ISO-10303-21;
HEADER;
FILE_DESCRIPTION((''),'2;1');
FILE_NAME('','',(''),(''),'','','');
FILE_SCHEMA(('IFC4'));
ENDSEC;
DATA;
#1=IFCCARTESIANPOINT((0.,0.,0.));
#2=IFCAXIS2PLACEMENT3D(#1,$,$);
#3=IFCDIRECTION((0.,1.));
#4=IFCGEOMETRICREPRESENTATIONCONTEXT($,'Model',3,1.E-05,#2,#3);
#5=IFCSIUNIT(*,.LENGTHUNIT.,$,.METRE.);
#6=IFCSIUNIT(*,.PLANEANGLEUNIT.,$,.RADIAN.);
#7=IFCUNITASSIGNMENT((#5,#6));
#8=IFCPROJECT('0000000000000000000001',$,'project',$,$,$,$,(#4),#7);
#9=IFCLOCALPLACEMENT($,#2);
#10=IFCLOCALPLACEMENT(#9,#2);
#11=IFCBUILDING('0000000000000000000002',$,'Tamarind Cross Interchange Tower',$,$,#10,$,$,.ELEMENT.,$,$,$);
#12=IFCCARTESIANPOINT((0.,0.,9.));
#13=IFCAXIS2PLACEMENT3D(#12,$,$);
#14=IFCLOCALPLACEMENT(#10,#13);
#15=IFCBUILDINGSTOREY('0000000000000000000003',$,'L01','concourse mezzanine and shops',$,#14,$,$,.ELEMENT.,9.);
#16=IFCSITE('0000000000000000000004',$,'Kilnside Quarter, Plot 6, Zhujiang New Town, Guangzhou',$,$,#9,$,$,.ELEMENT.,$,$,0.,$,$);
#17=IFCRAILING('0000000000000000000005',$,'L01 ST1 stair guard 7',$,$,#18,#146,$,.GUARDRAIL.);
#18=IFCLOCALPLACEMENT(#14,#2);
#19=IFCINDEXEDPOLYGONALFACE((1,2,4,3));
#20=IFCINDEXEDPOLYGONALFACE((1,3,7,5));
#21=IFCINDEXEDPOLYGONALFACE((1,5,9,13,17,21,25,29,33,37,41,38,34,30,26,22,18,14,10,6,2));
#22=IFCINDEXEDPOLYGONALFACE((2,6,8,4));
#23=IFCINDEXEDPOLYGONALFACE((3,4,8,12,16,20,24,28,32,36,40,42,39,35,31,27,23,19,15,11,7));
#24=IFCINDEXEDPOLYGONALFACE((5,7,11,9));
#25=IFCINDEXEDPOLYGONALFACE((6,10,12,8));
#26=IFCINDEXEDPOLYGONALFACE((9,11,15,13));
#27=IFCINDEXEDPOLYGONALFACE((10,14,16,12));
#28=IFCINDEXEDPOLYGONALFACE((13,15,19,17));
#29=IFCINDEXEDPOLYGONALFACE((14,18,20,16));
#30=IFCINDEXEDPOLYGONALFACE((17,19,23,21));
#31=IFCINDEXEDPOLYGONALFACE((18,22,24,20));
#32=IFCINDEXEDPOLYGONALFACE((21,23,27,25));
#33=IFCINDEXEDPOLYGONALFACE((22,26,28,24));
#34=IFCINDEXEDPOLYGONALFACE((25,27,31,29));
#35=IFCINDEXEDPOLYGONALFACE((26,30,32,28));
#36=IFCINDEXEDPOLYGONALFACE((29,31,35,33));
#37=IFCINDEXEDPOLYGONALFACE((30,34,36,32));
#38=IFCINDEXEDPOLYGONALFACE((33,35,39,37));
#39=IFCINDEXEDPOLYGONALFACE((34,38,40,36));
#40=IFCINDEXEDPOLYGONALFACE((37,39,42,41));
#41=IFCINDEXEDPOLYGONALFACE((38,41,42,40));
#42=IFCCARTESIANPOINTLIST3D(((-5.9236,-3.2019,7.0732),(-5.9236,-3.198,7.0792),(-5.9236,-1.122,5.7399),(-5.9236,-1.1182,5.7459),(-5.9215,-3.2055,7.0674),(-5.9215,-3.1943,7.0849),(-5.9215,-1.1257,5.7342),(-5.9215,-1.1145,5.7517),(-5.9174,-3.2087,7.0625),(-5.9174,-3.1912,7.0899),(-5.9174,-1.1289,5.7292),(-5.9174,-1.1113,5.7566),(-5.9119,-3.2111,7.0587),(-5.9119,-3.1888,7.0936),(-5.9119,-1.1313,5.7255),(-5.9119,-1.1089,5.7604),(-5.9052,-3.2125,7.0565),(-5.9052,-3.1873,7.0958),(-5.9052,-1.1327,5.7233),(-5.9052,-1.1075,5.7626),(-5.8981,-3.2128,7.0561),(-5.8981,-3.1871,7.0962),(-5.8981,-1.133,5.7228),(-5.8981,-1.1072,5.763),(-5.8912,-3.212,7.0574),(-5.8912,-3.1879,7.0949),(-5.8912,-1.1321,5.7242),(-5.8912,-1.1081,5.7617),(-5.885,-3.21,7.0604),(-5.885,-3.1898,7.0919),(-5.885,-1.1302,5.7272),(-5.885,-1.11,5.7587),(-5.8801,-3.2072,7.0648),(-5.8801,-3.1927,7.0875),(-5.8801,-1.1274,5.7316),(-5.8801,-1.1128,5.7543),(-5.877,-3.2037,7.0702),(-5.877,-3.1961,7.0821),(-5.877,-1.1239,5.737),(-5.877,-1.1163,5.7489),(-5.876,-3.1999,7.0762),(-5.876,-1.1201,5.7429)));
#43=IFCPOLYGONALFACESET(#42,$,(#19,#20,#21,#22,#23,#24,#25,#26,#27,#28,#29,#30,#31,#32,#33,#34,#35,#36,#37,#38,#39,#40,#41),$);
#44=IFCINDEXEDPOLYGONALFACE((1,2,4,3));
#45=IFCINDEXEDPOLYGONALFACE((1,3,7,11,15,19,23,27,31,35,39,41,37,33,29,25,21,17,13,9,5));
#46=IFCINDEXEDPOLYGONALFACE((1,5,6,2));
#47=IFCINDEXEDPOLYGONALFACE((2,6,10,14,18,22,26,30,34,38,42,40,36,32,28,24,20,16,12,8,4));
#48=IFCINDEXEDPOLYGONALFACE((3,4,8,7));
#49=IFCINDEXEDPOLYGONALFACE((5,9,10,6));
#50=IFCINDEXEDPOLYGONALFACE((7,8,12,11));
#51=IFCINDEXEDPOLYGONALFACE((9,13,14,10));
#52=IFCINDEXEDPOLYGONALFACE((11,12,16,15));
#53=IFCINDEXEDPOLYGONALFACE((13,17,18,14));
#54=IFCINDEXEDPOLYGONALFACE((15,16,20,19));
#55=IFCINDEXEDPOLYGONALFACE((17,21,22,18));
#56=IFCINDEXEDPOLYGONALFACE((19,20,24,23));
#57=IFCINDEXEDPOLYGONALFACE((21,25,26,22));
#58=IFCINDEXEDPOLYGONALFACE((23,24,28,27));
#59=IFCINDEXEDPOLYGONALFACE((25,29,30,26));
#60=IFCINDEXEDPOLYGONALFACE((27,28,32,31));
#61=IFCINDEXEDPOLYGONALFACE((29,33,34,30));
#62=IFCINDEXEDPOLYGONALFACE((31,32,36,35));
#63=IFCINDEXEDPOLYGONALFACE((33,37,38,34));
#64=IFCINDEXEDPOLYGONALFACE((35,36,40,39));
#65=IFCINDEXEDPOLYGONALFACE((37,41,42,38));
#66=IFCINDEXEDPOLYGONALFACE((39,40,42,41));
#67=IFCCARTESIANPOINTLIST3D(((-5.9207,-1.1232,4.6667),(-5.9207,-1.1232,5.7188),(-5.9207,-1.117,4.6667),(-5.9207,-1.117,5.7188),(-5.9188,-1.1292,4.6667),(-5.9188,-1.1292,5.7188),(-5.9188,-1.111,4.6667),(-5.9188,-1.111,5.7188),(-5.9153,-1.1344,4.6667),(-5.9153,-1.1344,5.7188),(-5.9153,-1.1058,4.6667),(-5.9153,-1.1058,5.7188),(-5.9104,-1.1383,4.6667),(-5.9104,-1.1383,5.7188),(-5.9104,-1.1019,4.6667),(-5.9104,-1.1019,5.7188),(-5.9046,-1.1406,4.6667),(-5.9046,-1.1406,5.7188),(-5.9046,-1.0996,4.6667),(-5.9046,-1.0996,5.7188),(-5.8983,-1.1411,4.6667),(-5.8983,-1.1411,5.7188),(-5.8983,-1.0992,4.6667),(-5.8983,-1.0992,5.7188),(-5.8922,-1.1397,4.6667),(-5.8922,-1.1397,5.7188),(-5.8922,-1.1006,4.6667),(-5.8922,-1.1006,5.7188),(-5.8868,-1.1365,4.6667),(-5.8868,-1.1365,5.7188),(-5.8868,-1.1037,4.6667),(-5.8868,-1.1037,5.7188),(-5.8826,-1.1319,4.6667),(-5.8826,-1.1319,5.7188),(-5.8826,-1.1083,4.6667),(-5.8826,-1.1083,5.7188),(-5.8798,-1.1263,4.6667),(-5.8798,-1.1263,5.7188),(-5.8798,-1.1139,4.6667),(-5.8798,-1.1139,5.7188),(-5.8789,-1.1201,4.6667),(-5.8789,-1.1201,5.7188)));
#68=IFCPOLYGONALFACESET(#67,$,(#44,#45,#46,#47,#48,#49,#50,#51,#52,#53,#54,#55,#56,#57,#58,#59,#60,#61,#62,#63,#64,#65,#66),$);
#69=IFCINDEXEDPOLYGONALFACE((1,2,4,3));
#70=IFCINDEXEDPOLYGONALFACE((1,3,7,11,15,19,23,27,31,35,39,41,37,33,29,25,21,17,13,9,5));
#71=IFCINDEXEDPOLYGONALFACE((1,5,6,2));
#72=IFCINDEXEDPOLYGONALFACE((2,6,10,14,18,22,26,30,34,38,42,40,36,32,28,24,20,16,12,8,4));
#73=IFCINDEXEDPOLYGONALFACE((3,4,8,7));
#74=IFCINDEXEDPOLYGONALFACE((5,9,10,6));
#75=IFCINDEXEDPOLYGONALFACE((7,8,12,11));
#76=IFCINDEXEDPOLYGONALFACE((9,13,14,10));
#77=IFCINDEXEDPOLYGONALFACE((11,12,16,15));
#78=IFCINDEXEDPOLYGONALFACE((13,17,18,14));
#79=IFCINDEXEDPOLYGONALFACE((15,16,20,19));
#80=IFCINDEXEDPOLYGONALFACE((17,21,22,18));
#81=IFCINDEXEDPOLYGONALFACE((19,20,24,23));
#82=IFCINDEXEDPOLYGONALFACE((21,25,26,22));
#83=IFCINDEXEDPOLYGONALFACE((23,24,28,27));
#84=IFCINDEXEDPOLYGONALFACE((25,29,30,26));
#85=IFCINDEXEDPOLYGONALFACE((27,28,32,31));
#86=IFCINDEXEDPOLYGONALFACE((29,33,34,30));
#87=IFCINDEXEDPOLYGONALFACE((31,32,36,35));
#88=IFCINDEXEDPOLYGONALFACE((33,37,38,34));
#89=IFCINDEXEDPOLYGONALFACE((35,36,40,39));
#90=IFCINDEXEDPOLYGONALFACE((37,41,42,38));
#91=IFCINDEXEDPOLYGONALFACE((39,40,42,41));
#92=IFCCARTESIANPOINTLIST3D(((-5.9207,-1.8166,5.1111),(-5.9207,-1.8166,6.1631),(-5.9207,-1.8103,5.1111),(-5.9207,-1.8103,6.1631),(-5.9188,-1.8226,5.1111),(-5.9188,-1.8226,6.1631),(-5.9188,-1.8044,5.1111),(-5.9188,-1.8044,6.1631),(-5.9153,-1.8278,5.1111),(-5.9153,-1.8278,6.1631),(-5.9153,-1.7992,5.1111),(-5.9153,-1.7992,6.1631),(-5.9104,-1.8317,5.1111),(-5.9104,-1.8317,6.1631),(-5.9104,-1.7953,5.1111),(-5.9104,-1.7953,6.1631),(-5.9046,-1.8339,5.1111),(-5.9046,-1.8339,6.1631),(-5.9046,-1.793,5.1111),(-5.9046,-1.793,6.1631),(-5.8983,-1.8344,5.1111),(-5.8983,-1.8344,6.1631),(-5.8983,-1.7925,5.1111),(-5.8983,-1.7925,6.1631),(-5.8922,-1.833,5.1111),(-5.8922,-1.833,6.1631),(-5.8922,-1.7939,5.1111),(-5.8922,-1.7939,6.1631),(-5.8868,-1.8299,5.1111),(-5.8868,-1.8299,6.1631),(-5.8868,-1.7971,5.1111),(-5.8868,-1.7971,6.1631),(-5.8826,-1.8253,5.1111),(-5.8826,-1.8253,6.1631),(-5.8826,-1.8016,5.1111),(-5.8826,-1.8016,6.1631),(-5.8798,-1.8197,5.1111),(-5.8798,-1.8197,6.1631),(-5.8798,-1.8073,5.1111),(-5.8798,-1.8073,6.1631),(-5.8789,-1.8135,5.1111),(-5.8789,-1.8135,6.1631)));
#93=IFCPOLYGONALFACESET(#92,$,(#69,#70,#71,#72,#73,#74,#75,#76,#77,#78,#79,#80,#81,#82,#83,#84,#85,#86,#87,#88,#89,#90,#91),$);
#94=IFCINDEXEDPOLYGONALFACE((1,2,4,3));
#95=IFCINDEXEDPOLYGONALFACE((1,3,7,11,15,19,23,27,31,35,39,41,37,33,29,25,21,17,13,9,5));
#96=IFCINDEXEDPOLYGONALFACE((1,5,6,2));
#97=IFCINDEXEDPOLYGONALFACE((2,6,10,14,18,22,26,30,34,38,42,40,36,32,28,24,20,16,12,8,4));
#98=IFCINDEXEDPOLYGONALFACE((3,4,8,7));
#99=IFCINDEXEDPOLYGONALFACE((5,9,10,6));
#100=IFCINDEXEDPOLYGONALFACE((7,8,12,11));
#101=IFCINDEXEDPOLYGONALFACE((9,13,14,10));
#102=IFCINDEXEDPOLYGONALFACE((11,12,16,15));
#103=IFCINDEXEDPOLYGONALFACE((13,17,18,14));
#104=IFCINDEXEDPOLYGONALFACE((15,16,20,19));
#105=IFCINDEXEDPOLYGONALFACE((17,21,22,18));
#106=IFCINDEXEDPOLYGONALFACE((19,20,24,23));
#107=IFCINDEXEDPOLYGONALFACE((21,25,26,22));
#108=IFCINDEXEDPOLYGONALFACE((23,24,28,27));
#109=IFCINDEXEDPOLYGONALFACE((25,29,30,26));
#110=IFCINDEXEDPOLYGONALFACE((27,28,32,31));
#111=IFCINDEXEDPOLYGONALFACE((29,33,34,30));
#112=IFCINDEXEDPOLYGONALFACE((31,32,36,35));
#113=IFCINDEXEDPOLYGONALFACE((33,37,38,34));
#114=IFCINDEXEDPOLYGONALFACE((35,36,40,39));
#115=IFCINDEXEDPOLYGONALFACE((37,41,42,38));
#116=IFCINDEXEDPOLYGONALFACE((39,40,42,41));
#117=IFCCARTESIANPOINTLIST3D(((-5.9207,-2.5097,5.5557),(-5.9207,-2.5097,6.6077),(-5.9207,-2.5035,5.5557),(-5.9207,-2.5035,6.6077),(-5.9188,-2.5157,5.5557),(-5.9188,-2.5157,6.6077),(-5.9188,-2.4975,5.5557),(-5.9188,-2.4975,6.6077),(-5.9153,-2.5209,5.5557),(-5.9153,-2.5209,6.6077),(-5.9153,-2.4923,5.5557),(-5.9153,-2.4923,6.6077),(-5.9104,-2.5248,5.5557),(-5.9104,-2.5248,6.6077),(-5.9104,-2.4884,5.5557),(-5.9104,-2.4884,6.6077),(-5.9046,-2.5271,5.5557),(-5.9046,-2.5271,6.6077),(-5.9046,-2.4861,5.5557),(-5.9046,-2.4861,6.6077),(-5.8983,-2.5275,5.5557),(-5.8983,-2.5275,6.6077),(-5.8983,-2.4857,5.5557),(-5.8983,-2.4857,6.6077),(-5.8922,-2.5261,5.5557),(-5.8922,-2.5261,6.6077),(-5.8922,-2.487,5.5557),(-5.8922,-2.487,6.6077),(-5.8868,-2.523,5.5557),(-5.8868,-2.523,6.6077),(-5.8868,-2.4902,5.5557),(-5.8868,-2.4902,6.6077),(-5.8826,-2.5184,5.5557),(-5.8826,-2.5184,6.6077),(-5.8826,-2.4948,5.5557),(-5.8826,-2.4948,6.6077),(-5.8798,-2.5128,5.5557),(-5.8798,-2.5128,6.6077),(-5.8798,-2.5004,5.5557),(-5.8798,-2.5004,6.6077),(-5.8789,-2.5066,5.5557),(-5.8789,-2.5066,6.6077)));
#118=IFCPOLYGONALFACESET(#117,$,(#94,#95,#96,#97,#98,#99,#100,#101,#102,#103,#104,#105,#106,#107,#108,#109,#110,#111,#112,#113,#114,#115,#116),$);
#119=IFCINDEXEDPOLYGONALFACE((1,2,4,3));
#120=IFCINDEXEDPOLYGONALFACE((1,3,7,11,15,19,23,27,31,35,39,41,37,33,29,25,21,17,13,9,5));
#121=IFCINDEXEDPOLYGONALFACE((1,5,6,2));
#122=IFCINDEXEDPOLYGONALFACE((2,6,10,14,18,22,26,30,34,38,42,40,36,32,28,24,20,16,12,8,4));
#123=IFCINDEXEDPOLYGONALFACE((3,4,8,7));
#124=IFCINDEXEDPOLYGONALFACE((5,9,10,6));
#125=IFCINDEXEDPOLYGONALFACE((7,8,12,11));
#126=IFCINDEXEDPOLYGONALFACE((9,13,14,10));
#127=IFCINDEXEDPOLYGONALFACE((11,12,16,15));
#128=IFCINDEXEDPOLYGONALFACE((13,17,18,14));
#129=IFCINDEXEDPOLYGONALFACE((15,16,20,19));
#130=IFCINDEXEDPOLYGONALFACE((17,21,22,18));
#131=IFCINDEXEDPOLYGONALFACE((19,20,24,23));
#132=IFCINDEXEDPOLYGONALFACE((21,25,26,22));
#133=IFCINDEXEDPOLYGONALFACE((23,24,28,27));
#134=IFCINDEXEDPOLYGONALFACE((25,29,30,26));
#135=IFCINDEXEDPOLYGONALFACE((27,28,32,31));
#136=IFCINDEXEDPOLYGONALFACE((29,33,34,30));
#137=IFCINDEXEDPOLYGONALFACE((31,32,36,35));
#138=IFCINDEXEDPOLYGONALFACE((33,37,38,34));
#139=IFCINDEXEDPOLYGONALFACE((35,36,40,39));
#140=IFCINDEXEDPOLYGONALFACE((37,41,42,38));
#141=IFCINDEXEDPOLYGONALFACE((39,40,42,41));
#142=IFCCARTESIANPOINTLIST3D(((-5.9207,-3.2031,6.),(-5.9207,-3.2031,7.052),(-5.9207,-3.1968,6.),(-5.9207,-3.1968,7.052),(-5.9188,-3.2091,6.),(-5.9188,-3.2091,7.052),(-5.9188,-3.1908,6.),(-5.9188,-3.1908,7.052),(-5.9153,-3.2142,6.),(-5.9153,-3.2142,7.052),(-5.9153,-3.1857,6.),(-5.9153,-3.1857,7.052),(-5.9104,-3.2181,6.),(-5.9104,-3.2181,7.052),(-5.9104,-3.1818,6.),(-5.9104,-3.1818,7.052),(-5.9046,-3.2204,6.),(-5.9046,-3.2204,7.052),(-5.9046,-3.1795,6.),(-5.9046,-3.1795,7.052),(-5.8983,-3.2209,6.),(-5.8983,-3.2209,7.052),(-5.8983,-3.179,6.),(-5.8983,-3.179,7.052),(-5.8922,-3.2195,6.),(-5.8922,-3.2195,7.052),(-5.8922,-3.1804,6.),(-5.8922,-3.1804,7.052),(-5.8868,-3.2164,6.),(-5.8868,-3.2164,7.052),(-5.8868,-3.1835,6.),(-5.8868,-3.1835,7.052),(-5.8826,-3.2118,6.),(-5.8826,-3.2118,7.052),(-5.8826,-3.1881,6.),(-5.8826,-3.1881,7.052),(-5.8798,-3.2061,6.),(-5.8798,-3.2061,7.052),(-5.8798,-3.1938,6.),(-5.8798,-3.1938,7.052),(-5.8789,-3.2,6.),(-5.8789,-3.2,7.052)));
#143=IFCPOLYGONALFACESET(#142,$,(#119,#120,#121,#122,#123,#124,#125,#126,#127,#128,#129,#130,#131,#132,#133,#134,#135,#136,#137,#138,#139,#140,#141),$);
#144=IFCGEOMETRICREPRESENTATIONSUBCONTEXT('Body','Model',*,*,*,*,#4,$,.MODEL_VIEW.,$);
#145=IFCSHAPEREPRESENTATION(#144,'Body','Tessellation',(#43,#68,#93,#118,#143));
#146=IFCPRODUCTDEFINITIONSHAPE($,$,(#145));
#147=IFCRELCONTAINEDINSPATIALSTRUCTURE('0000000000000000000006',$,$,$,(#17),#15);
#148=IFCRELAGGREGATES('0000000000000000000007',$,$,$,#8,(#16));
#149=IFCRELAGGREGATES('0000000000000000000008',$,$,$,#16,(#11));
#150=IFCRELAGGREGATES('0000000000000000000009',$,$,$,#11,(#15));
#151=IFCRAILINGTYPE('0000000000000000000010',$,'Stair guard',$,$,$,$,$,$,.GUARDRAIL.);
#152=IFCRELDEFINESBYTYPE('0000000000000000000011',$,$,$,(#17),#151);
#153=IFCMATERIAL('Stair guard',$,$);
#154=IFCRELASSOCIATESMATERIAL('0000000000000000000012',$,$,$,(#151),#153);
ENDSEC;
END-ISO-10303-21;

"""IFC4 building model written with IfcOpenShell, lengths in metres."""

from ifc_helpers import new_model, si_unit, direction, frame, origin, origin_2d, place, context, subcontext, project, spatial, circle, extrude, material, type_object, element, save


model = new_model("IFC4")

# Units and contexts
model_context = context("Model", 3, precision=1e-05, world=origin(), true_north=direction((0.0, 1.0)))
body_context = subcontext(model_context, "Body", "Model", "MODEL_VIEW")
ifc_project = project(units=[si_unit("LENGTHUNIT", "METRE"), si_unit("PLANEANGLEUNIT", "RADIAN")], contexts=[model_context])

# Site, building, storey
site_placement = place(None, origin())
site = spatial("IfcSite", under=ifc_project, at=site_placement, Name="Kilnside Quarter, Plot 6, Zhujiang New Town, Guangzhou", CompositionType="ELEMENT", RefElevation=0.0)
building_placement = place(site_placement, origin())
building = spatial("IfcBuilding", under=site, at=building_placement, Name="Tamarind Cross Interchange Tower", CompositionType="ELEMENT")
storey_placement = place(building_placement, frame((0.0, 0.0, 9.0)))
storey = spatial("IfcBuildingStorey", under=building, at=storey_placement, Name="L01", Description="concourse mezzanine and shops", CompositionType="ELEMENT", Elevation=9.0)

# Railing
ifc_material_1 = material(Name="Stair guard")
railing_type_1 = type_object("IfcRailingType", Name="Stair guard", PredefinedType="GUARDRAIL", material=ifc_material_1)
railing_1_placement = place(storey_placement, frame((-5.8999, -1.1201, 4.6667)))
element("IfcRailing", 1, at=railing_1_placement, inside=storey, type_object=railing_type_1, Name="L01 ST1 stair guard 7", PredefinedType="GUARDRAIL", context=body_context, shape_type="SweptSolid", body=[
    extrude(circle(Radius=0.0239, at=origin_2d()), frame((0.0, 0.0, 1.0762), z_axis=(0.0, -0.841875, 0.539673), x_axis=(1.0, 0.0, 0.0)), (0.0, 0.0, 1.0), 2.4705),
    extrude(circle(Radius=0.021, at=origin_2d()), origin(), (0.0, 0.0, 1.0), 1.052),
    extrude(circle(Radius=0.021, at=origin_2d()), frame((0.0, -0.6934, 0.4443)), (0.0, 0.0, 1.0), 1.052),
    extrude(circle(Radius=0.021, at=origin_2d()), frame((0.0, -1.3865, 0.8889)), (0.0, 0.0, 1.0), 1.052),
    extrude(circle(Radius=0.021, at=origin_2d()), frame((0.0, -2.0798, 1.3333)), (0.0, 0.0, 1.0), 1.052),
])

save(model, "model.ifc")
